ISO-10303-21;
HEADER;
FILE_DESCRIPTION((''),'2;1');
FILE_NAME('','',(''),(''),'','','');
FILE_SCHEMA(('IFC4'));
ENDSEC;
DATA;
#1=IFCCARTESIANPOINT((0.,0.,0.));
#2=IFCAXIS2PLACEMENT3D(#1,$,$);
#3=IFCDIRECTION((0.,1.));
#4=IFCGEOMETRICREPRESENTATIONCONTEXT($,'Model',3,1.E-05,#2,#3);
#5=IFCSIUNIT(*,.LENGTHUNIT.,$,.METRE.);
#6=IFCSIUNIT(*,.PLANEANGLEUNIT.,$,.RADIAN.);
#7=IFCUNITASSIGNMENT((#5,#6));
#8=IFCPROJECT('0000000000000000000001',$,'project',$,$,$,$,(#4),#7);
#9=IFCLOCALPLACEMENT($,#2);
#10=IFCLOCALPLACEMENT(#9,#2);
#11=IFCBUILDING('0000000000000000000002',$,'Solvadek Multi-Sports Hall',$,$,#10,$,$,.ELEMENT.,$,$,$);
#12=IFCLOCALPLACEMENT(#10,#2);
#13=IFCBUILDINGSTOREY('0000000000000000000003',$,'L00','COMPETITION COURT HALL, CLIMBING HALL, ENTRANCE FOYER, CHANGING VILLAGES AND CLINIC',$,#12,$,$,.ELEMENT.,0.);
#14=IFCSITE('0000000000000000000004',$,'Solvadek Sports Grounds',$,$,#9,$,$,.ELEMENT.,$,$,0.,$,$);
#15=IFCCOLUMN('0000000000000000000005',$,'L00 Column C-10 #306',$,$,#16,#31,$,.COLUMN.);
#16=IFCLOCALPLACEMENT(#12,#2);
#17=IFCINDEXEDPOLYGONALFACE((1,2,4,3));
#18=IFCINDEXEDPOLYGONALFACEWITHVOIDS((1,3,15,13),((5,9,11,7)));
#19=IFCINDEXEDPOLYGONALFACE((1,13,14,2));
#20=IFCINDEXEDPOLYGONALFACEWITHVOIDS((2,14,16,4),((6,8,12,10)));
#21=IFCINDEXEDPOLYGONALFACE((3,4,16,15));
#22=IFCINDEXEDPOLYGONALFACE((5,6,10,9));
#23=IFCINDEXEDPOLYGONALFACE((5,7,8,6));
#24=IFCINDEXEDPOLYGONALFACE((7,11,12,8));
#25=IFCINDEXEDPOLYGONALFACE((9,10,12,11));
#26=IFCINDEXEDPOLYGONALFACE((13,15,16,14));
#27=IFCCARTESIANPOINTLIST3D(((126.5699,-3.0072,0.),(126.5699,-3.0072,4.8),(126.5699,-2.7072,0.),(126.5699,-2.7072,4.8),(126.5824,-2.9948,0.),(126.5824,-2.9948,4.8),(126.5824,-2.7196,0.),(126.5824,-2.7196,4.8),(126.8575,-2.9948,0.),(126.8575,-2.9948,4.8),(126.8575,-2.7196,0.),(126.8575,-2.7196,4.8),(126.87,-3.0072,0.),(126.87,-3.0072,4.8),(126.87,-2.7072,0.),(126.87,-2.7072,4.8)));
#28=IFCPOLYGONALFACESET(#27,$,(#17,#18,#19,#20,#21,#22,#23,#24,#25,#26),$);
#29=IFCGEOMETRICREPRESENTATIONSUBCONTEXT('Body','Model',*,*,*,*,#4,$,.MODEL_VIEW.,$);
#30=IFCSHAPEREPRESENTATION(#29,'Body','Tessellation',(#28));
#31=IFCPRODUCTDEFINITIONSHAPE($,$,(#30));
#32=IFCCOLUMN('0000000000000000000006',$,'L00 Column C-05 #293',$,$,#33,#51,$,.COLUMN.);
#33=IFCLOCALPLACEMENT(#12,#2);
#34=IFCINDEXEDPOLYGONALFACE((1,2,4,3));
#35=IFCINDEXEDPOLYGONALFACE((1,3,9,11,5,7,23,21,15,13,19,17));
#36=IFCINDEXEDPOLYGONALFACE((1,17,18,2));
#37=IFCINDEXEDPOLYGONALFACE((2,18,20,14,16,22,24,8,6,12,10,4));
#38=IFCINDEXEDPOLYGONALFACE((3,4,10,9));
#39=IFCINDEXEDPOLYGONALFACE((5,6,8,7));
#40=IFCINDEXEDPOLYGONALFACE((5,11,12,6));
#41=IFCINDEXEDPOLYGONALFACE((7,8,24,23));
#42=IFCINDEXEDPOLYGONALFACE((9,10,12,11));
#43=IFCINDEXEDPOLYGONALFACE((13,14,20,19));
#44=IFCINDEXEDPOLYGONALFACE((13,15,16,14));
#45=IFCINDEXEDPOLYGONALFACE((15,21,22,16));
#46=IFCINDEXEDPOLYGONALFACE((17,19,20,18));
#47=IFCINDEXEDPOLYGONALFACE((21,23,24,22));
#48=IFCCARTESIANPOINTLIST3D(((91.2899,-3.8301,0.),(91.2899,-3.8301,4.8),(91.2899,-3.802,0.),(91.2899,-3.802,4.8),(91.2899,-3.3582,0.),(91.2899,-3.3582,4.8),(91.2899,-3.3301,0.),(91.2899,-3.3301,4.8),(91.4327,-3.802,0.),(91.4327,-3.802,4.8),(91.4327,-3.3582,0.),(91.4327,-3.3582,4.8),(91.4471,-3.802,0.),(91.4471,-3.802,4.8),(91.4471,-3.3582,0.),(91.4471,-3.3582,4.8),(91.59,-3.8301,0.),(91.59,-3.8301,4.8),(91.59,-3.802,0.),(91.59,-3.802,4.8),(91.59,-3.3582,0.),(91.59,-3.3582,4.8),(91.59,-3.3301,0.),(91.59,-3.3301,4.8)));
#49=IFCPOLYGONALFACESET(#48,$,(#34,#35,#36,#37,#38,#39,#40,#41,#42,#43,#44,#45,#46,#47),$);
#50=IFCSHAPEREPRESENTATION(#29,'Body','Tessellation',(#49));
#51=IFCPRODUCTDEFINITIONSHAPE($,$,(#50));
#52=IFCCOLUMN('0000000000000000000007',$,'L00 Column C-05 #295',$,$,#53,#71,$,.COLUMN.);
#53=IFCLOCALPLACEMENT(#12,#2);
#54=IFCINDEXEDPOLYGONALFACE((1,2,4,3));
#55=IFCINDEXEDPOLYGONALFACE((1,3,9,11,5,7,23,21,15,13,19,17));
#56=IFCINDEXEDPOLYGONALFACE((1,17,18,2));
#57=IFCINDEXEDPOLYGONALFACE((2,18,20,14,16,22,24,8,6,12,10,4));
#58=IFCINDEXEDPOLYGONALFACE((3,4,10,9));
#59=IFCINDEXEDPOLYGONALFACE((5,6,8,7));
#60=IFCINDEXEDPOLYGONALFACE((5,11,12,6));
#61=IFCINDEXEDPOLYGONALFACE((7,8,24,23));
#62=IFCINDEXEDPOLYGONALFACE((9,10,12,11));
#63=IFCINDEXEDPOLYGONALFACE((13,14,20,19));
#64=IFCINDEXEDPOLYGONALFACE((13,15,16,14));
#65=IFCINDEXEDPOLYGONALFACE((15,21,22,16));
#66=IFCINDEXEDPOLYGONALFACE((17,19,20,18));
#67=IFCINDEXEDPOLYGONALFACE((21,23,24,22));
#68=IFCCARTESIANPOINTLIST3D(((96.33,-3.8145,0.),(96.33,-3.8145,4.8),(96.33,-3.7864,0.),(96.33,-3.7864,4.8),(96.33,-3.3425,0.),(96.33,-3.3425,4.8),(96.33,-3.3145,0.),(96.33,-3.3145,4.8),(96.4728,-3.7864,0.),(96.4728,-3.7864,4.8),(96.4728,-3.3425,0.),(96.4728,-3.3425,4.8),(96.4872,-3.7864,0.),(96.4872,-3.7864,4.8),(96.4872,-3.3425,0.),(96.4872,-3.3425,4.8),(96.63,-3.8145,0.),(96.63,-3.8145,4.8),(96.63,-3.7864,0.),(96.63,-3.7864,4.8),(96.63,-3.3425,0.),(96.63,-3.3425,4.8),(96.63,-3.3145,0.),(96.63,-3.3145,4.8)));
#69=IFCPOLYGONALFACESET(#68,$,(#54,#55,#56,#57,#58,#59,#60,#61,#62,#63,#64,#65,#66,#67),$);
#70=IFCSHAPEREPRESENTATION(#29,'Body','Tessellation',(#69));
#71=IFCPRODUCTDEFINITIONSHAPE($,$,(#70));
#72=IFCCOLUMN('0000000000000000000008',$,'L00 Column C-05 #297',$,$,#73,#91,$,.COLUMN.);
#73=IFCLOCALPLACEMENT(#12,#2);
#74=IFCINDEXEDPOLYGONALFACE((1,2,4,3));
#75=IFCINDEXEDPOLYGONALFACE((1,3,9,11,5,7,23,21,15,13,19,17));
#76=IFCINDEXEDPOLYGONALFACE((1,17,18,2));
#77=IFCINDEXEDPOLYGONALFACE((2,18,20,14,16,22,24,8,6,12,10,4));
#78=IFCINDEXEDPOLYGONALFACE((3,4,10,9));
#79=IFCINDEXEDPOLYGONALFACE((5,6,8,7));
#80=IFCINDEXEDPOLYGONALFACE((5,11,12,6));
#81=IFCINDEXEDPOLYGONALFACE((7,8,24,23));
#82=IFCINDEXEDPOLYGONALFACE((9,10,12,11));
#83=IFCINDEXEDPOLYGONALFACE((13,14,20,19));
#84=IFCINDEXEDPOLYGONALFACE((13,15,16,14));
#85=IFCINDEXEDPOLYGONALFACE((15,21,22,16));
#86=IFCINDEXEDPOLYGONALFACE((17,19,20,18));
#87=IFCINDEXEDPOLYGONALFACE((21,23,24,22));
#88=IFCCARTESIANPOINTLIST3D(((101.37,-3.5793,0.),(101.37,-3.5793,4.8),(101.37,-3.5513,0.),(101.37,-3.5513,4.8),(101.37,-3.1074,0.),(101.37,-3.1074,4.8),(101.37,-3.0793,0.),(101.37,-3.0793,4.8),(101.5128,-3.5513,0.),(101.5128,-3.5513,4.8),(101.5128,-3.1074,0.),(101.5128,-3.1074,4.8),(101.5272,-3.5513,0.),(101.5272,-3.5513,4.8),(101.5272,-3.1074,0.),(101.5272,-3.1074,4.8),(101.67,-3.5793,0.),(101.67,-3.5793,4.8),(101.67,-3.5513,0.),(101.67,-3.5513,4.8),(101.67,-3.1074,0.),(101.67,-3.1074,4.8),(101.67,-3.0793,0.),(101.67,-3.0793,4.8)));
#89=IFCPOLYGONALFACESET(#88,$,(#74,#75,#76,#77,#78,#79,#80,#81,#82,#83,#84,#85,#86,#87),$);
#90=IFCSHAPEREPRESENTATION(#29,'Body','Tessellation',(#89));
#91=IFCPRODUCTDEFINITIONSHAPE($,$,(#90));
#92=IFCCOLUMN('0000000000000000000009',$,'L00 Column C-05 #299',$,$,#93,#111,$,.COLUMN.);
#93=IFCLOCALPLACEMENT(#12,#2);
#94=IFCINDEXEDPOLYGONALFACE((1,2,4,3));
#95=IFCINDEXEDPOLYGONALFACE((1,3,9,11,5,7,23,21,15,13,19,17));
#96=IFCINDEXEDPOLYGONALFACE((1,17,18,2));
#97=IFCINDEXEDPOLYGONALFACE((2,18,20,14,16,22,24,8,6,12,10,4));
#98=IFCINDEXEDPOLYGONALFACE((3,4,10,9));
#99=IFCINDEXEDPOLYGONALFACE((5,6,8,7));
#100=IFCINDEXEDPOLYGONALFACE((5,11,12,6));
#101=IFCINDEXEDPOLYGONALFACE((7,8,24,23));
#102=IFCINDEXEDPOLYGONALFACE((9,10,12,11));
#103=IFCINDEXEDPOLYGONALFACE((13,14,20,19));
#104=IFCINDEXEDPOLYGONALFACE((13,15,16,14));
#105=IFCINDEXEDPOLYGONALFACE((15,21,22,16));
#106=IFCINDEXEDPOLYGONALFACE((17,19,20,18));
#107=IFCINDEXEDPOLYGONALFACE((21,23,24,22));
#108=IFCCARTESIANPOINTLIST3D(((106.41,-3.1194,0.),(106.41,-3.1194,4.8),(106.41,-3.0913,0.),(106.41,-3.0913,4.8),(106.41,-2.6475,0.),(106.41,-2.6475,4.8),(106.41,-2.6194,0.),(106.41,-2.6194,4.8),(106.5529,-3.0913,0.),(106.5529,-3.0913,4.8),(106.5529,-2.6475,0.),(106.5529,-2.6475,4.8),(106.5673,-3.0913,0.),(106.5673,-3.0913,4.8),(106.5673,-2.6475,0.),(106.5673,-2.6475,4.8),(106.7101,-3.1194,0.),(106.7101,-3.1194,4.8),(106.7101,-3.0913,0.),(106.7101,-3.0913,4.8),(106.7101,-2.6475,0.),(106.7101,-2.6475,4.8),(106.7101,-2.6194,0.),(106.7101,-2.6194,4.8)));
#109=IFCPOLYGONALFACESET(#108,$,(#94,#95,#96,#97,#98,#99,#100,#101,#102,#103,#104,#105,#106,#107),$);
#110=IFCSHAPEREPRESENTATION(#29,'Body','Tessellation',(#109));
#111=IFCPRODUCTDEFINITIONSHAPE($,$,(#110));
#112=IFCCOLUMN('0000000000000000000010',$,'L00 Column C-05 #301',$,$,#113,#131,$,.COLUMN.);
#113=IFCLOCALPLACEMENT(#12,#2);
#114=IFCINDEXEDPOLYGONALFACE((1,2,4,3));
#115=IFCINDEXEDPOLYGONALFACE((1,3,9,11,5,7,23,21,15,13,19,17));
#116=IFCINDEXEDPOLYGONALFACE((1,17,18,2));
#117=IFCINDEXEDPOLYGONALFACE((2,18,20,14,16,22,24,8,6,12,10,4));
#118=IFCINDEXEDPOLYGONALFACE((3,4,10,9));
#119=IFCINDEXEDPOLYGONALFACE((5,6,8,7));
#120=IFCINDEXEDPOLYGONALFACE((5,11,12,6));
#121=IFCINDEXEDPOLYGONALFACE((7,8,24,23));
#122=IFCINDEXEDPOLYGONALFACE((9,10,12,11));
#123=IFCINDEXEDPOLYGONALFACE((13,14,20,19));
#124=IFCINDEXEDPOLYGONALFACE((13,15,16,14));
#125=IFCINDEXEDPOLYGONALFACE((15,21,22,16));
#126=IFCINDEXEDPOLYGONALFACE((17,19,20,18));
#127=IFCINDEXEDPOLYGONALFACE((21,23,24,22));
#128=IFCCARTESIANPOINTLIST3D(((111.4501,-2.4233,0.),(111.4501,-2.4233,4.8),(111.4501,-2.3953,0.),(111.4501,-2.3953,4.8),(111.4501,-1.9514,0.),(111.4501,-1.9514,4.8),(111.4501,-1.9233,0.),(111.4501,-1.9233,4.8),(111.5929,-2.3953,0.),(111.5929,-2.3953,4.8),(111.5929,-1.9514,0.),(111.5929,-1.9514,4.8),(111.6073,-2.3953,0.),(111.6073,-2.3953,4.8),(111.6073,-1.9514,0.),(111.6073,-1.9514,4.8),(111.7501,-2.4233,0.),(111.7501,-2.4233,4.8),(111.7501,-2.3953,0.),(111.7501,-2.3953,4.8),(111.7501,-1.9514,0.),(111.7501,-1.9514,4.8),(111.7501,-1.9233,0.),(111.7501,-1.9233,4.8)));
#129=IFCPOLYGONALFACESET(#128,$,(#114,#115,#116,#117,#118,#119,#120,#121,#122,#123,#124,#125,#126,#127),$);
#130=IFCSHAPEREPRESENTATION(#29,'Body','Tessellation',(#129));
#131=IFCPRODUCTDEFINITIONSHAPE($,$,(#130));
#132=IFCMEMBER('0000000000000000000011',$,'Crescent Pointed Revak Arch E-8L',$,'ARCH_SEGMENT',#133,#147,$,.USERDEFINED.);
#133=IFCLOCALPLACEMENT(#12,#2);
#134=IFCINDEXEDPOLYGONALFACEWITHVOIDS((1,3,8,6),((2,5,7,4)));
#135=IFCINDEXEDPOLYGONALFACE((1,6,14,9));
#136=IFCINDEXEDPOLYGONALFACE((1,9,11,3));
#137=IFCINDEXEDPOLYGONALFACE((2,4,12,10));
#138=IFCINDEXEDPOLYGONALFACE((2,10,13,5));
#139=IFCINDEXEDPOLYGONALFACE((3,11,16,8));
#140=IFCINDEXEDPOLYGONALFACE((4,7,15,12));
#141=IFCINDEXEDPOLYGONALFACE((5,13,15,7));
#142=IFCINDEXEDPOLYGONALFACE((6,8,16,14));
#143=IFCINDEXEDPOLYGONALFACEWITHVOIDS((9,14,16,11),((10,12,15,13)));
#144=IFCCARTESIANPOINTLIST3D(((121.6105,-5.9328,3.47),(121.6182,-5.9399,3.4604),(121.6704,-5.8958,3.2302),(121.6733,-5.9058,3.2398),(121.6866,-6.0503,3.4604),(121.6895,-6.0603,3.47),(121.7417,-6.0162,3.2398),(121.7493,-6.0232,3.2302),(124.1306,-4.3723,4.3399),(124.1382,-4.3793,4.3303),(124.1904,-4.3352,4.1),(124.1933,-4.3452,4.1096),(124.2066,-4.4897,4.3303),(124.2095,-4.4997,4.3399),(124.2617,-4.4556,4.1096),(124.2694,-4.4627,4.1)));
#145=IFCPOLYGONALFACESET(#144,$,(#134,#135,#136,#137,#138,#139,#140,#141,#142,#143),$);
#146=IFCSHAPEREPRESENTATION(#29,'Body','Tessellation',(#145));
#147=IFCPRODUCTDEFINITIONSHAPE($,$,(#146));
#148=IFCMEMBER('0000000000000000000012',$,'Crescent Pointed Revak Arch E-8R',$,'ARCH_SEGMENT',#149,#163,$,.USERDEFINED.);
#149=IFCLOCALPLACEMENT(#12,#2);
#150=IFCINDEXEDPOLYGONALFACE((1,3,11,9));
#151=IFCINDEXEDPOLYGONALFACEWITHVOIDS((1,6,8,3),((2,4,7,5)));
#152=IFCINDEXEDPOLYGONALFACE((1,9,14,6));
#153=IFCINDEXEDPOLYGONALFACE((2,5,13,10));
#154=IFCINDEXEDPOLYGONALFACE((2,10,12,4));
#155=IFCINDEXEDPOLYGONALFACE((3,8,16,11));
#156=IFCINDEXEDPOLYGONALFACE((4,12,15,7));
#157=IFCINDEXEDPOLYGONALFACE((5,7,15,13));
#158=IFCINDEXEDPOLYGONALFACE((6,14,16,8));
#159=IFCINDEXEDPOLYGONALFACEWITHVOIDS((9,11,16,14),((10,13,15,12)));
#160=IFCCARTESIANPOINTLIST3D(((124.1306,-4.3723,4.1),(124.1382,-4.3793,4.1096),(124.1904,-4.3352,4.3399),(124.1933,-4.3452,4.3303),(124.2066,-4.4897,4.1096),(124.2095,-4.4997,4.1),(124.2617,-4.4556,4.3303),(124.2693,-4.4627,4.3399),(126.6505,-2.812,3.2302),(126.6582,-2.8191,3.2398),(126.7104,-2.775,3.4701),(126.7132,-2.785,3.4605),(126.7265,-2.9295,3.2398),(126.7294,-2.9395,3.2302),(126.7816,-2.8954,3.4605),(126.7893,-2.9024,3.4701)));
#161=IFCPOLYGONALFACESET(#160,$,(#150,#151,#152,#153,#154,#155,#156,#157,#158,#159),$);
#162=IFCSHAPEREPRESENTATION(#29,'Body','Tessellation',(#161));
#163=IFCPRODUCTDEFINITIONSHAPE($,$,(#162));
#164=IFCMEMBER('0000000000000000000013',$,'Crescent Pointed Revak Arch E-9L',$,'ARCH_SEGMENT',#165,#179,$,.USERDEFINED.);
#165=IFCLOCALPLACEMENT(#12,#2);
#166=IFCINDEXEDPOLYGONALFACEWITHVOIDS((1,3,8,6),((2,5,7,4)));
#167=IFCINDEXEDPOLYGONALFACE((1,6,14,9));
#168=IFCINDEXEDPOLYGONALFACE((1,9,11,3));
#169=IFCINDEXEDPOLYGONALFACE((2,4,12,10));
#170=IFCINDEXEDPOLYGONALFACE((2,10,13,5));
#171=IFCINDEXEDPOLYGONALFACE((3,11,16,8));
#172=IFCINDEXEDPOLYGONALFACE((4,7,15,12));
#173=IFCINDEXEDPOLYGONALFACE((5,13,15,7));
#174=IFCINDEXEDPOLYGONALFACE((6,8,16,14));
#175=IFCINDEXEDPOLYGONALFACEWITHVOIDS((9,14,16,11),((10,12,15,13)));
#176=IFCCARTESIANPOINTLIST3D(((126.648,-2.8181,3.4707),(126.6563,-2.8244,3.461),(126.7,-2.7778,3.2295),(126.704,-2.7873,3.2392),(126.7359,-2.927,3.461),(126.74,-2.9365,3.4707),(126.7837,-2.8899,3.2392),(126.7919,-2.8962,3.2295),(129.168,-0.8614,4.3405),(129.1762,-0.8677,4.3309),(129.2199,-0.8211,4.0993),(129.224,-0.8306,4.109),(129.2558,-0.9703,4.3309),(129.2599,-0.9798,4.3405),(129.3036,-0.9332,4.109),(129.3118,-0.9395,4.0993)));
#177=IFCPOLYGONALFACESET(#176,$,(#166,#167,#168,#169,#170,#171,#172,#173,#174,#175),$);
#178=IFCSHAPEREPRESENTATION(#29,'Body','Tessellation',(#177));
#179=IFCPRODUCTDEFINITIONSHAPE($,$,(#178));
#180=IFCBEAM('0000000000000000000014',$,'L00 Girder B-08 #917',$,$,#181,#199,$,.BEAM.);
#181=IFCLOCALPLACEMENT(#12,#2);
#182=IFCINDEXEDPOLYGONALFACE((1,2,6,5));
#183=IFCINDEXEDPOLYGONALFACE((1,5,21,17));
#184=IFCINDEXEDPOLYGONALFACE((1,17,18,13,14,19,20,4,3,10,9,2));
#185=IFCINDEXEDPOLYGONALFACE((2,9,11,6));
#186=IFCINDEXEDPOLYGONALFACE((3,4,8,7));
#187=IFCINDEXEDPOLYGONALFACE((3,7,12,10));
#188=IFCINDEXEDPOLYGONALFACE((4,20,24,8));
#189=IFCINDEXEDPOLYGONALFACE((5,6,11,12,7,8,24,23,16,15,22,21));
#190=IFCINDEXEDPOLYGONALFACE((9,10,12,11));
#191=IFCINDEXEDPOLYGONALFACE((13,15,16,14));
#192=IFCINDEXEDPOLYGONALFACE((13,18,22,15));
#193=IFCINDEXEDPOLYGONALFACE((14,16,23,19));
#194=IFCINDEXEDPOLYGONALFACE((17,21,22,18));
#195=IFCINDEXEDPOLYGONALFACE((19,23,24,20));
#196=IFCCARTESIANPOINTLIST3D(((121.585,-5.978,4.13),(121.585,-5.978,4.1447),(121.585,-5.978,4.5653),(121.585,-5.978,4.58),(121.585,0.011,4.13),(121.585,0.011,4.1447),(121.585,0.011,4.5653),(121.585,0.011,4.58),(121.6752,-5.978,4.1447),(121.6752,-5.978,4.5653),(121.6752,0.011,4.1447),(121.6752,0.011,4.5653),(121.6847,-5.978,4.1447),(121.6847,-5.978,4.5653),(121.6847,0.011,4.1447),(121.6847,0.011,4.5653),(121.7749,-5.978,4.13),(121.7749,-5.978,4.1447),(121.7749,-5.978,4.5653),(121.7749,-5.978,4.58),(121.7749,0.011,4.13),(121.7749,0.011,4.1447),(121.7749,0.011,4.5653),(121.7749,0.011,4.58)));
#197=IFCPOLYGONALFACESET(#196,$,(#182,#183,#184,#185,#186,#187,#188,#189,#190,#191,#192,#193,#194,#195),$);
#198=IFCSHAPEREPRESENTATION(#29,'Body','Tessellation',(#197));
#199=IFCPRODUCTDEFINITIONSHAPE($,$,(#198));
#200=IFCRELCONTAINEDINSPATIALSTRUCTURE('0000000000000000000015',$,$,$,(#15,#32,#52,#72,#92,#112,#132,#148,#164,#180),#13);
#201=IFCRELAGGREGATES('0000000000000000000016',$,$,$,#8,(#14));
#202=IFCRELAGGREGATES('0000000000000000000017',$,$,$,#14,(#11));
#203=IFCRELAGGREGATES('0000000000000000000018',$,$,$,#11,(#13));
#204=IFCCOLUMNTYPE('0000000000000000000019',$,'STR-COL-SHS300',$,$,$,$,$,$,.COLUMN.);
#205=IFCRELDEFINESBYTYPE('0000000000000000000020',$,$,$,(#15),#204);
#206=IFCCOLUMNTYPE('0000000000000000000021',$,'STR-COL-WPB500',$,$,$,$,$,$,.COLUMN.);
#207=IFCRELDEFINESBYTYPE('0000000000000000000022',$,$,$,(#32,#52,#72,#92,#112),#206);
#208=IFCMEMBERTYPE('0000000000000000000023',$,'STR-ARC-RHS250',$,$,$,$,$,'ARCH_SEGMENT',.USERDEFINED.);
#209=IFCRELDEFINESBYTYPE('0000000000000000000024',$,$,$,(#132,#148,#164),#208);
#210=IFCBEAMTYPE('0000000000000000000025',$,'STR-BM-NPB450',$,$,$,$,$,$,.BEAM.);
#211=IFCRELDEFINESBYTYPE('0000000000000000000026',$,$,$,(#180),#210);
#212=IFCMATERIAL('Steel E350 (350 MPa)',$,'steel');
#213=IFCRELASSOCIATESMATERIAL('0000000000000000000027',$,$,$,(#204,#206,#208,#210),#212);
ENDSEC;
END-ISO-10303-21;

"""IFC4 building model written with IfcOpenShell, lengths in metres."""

from ifc_helpers import new_model, si_unit, direction, frame, origin, origin_2d, place, context, subcontext, project, spatial, hollow_rectangle, i_section, extrude, material, material_profile, profile_set, type_object, element, save


model = new_model("IFC4")

# Units and contexts
model_context = context("Model", 3, precision=1e-05, world=origin(), true_north=direction((0.0, 1.0)))
body_context = subcontext(model_context, "Body", "Model", "MODEL_VIEW")
ifc_project = project(units=[si_unit("LENGTHUNIT", "METRE"), si_unit("PLANEANGLEUNIT", "RADIAN")], contexts=[model_context])

# Site, building, storey
site_placement = place(None, origin())
site = spatial("IfcSite", under=ifc_project, at=site_placement, Name="Solvadek Sports Grounds", CompositionType="ELEMENT", RefElevation=0.0)
building_placement = place(site_placement, origin())
building = spatial("IfcBuilding", under=site, at=building_placement, Name="Solvadek Multi-Sports Hall", CompositionType="ELEMENT")
storey_placement = place(building_placement, origin())
storey = spatial("IfcBuildingStorey", under=building, at=storey_placement, Name="L00", Description="COMPETITION COURT HALL, CLIMBING HALL, ENTRANCE FOYER, CHANGING VILLAGES AND CLINIC", CompositionType="ELEMENT", Elevation=0.0)

# Columns
ifc_material_1 = material(Name="Steel E350 (350 MPa)", Category="steel")
ifc_material_profile_1 = material_profile(ifc_material_1, hollow_rectangle(XDim=0.3, YDim=0.3, WallThickness=0.0125, at=origin_2d()), Name="SHS 300x300x12.5")
ifc_profile_set_1 = profile_set([ifc_material_profile_1], Name="Steel E350 (350 MPa)")
column_type_1 = type_object("IfcColumnType", Name="STR-COL-SHS300", PredefinedType="COLUMN", material=ifc_profile_set_1)
column_placement = place(storey_placement, frame((126.72, -2.8572, 0.0), z_axis=(0.0, 0.0, 1.0), x_axis=(1.0, 0.0, 0.0)))
element("IfcColumn", 1, at=column_placement, inside=storey, type_object=column_type_1, Name="L00 Column C-10 #306", PredefinedType="COLUMN", context=body_context, shape_type="SweptSolid", body=[
    extrude(hollow_rectangle(XDim=0.3, YDim=0.3, WallThickness=0.0125, at=origin_2d()), origin(), (0.0, 0.0, 1.0), 4.8),
])
ifc_material_profile_2 = material_profile(ifc_material_1, i_section(OverallWidth=0.3, OverallDepth=0.5, WebThickness=0.0144, FlangeThickness=0.0281, at=origin_2d()), Name="WPB 500")
ifc_profile_set_2 = profile_set([ifc_material_profile_2], Name="Steel E350 (350 MPa)")
column_type_2 = type_object("IfcColumnType", Name="STR-COL-WPB500", PredefinedType="COLUMN", material=ifc_profile_set_2)
for number, where, z_axis, x_axis, name in (
    (2, (91.4399, -3.5801, 0.0), (0.0, 0.0, 1.0), (1.0, 0.0, 0.0), "L00 Column C-05 #293"),
    (3, (96.48, -3.5645, 0.0), (0.0, 0.0, 1.0), (1.0, 0.0, 0.0), "L00 Column C-05 #295"),
    (4, (101.52, -3.3293, 0.0), (0.0, 0.0, 1.0), (1.0, 0.0, 0.0), "L00 Column C-05 #297"),
    (5, (106.5601, -2.8694, 0.0), (0.0, 0.0, 1.0), (1.0, 0.0, 0.0), "L00 Column C-05 #299"),
    (6, (111.6001, -2.1733, 0.0), (0.0, 0.0, 1.0), (1.0, 0.0, 0.0), "L00 Column C-05 #301"),
):
    element("IfcColumn", number, at=place(storey_placement, frame(where, z_axis=z_axis, x_axis=x_axis)), inside=storey, type_object=column_type_2, Name=name, PredefinedType="COLUMN", context=body_context, shape_type="SweptSolid", body=[
        extrude(i_section(OverallWidth=0.3, OverallDepth=0.5, WebThickness=0.0144, FlangeThickness=0.0281, at=origin_2d()), origin(), (0.0, 0.0, 1.0), 4.8),
    ])

# Members
ifc_material_profile_3 = material_profile(ifc_material_1, hollow_rectangle(XDim=0.1499, YDim=0.25, WallThickness=0.01, at=origin_2d()), Name="RHS 250x150x10")
ifc_profile_set_3 = profile_set([ifc_material_profile_3], Name="Steel E350 (350 MPa)")
member_type = type_object("IfcMemberType", Name="STR-ARC-RHS250", ElementType="ARCH_SEGMENT", PredefinedType="USERDEFINED", material=ifc_profile_set_3)
member_1_placement = place(storey_placement, frame((121.6799, -5.978, 3.3501), z_axis=(0.81578, 0.50518, 0.281595), x_axis=(-0.526485, 0.850184, 0.0)))
element("IfcMember", 7, at=member_1_placement, inside=storey, type_object=member_type, Name="Crescent Pointed Revak Arch E-8L", ObjectType="ARCH_SEGMENT", PredefinedType="USERDEFINED", context=body_context, shape_type="SweptSolid", body=[
    extrude(hollow_rectangle(XDim=0.1499, YDim=0.25, WallThickness=0.01, at=origin_2d()), origin(), (0.0, 0.0, 1.0), 3.0891),
])
member_2_placement = place(storey_placement, frame((124.2, -4.4175, 4.22), z_axis=(0.815813, 0.505121, -0.281606), x_axis=(-0.526426, 0.850221, 0.0)))
element("IfcMember", 8, at=member_2_placement, inside=storey, type_object=member_type, Name="Crescent Pointed Revak Arch E-8R", ObjectType="ARCH_SEGMENT", PredefinedType="USERDEFINED", context=body_context, shape_type="SweptSolid", body=[
    extrude(hollow_rectangle(XDim=0.1499, YDim=0.25, WallThickness=0.01, at=origin_2d()), origin(), (0.0, 0.0, 1.0), 3.0889),
])
member_3_placement = place(storey_placement, frame((126.72, -2.8572, 3.3501), z_axis=(0.762028, 0.591712, 0.263041), x_axis=(-0.61331, 0.789842, 0.0)))
element("IfcMember", 9, at=member_3_placement, inside=storey, type_object=member_type, Name="Crescent Pointed Revak Arch E-9L", ObjectType="ARCH_SEGMENT", PredefinedType="USERDEFINED", context=body_context, shape_type="SweptSolid", body=[
    extrude(hollow_rectangle(XDim=0.1499, YDim=0.25, WallThickness=0.01, at=origin_2d()), origin(), (0.0, 0.0, 1.0), 3.3069),
])

# Beam
ifc_material_profile_4 = material_profile(ifc_material_1, i_section(OverallWidth=0.1899, OverallDepth=0.45, WebThickness=0.0095, FlangeThickness=0.0146, at=origin_2d()), Name="NPB 450")
ifc_profile_set_4 = profile_set([ifc_material_profile_4], Name="Steel E350 (350 MPa)")
beam_type_1 = type_object("IfcBeamType", Name="STR-BM-NPB450", PredefinedType="BEAM", material=ifc_profile_set_4)
beam_1_placement = place(storey_placement, frame((121.6799, -5.978, 4.355), z_axis=(0.0, 1.0, 0.0), x_axis=(-1.0, 0.0, 0.0)))
element("IfcBeam", 10, at=beam_1_placement, inside=storey, type_object=beam_type_1, Name="L00 Girder B-08 #917", PredefinedType="BEAM", context=body_context, shape_type="SweptSolid", body=[
    extrude(i_section(OverallWidth=0.1899, OverallDepth=0.45, WebThickness=0.0095, FlangeThickness=0.0146, at=origin_2d()), origin(), (0.0, 0.0, 1.0), 5.989),
])

save(model, "model.ifc")
